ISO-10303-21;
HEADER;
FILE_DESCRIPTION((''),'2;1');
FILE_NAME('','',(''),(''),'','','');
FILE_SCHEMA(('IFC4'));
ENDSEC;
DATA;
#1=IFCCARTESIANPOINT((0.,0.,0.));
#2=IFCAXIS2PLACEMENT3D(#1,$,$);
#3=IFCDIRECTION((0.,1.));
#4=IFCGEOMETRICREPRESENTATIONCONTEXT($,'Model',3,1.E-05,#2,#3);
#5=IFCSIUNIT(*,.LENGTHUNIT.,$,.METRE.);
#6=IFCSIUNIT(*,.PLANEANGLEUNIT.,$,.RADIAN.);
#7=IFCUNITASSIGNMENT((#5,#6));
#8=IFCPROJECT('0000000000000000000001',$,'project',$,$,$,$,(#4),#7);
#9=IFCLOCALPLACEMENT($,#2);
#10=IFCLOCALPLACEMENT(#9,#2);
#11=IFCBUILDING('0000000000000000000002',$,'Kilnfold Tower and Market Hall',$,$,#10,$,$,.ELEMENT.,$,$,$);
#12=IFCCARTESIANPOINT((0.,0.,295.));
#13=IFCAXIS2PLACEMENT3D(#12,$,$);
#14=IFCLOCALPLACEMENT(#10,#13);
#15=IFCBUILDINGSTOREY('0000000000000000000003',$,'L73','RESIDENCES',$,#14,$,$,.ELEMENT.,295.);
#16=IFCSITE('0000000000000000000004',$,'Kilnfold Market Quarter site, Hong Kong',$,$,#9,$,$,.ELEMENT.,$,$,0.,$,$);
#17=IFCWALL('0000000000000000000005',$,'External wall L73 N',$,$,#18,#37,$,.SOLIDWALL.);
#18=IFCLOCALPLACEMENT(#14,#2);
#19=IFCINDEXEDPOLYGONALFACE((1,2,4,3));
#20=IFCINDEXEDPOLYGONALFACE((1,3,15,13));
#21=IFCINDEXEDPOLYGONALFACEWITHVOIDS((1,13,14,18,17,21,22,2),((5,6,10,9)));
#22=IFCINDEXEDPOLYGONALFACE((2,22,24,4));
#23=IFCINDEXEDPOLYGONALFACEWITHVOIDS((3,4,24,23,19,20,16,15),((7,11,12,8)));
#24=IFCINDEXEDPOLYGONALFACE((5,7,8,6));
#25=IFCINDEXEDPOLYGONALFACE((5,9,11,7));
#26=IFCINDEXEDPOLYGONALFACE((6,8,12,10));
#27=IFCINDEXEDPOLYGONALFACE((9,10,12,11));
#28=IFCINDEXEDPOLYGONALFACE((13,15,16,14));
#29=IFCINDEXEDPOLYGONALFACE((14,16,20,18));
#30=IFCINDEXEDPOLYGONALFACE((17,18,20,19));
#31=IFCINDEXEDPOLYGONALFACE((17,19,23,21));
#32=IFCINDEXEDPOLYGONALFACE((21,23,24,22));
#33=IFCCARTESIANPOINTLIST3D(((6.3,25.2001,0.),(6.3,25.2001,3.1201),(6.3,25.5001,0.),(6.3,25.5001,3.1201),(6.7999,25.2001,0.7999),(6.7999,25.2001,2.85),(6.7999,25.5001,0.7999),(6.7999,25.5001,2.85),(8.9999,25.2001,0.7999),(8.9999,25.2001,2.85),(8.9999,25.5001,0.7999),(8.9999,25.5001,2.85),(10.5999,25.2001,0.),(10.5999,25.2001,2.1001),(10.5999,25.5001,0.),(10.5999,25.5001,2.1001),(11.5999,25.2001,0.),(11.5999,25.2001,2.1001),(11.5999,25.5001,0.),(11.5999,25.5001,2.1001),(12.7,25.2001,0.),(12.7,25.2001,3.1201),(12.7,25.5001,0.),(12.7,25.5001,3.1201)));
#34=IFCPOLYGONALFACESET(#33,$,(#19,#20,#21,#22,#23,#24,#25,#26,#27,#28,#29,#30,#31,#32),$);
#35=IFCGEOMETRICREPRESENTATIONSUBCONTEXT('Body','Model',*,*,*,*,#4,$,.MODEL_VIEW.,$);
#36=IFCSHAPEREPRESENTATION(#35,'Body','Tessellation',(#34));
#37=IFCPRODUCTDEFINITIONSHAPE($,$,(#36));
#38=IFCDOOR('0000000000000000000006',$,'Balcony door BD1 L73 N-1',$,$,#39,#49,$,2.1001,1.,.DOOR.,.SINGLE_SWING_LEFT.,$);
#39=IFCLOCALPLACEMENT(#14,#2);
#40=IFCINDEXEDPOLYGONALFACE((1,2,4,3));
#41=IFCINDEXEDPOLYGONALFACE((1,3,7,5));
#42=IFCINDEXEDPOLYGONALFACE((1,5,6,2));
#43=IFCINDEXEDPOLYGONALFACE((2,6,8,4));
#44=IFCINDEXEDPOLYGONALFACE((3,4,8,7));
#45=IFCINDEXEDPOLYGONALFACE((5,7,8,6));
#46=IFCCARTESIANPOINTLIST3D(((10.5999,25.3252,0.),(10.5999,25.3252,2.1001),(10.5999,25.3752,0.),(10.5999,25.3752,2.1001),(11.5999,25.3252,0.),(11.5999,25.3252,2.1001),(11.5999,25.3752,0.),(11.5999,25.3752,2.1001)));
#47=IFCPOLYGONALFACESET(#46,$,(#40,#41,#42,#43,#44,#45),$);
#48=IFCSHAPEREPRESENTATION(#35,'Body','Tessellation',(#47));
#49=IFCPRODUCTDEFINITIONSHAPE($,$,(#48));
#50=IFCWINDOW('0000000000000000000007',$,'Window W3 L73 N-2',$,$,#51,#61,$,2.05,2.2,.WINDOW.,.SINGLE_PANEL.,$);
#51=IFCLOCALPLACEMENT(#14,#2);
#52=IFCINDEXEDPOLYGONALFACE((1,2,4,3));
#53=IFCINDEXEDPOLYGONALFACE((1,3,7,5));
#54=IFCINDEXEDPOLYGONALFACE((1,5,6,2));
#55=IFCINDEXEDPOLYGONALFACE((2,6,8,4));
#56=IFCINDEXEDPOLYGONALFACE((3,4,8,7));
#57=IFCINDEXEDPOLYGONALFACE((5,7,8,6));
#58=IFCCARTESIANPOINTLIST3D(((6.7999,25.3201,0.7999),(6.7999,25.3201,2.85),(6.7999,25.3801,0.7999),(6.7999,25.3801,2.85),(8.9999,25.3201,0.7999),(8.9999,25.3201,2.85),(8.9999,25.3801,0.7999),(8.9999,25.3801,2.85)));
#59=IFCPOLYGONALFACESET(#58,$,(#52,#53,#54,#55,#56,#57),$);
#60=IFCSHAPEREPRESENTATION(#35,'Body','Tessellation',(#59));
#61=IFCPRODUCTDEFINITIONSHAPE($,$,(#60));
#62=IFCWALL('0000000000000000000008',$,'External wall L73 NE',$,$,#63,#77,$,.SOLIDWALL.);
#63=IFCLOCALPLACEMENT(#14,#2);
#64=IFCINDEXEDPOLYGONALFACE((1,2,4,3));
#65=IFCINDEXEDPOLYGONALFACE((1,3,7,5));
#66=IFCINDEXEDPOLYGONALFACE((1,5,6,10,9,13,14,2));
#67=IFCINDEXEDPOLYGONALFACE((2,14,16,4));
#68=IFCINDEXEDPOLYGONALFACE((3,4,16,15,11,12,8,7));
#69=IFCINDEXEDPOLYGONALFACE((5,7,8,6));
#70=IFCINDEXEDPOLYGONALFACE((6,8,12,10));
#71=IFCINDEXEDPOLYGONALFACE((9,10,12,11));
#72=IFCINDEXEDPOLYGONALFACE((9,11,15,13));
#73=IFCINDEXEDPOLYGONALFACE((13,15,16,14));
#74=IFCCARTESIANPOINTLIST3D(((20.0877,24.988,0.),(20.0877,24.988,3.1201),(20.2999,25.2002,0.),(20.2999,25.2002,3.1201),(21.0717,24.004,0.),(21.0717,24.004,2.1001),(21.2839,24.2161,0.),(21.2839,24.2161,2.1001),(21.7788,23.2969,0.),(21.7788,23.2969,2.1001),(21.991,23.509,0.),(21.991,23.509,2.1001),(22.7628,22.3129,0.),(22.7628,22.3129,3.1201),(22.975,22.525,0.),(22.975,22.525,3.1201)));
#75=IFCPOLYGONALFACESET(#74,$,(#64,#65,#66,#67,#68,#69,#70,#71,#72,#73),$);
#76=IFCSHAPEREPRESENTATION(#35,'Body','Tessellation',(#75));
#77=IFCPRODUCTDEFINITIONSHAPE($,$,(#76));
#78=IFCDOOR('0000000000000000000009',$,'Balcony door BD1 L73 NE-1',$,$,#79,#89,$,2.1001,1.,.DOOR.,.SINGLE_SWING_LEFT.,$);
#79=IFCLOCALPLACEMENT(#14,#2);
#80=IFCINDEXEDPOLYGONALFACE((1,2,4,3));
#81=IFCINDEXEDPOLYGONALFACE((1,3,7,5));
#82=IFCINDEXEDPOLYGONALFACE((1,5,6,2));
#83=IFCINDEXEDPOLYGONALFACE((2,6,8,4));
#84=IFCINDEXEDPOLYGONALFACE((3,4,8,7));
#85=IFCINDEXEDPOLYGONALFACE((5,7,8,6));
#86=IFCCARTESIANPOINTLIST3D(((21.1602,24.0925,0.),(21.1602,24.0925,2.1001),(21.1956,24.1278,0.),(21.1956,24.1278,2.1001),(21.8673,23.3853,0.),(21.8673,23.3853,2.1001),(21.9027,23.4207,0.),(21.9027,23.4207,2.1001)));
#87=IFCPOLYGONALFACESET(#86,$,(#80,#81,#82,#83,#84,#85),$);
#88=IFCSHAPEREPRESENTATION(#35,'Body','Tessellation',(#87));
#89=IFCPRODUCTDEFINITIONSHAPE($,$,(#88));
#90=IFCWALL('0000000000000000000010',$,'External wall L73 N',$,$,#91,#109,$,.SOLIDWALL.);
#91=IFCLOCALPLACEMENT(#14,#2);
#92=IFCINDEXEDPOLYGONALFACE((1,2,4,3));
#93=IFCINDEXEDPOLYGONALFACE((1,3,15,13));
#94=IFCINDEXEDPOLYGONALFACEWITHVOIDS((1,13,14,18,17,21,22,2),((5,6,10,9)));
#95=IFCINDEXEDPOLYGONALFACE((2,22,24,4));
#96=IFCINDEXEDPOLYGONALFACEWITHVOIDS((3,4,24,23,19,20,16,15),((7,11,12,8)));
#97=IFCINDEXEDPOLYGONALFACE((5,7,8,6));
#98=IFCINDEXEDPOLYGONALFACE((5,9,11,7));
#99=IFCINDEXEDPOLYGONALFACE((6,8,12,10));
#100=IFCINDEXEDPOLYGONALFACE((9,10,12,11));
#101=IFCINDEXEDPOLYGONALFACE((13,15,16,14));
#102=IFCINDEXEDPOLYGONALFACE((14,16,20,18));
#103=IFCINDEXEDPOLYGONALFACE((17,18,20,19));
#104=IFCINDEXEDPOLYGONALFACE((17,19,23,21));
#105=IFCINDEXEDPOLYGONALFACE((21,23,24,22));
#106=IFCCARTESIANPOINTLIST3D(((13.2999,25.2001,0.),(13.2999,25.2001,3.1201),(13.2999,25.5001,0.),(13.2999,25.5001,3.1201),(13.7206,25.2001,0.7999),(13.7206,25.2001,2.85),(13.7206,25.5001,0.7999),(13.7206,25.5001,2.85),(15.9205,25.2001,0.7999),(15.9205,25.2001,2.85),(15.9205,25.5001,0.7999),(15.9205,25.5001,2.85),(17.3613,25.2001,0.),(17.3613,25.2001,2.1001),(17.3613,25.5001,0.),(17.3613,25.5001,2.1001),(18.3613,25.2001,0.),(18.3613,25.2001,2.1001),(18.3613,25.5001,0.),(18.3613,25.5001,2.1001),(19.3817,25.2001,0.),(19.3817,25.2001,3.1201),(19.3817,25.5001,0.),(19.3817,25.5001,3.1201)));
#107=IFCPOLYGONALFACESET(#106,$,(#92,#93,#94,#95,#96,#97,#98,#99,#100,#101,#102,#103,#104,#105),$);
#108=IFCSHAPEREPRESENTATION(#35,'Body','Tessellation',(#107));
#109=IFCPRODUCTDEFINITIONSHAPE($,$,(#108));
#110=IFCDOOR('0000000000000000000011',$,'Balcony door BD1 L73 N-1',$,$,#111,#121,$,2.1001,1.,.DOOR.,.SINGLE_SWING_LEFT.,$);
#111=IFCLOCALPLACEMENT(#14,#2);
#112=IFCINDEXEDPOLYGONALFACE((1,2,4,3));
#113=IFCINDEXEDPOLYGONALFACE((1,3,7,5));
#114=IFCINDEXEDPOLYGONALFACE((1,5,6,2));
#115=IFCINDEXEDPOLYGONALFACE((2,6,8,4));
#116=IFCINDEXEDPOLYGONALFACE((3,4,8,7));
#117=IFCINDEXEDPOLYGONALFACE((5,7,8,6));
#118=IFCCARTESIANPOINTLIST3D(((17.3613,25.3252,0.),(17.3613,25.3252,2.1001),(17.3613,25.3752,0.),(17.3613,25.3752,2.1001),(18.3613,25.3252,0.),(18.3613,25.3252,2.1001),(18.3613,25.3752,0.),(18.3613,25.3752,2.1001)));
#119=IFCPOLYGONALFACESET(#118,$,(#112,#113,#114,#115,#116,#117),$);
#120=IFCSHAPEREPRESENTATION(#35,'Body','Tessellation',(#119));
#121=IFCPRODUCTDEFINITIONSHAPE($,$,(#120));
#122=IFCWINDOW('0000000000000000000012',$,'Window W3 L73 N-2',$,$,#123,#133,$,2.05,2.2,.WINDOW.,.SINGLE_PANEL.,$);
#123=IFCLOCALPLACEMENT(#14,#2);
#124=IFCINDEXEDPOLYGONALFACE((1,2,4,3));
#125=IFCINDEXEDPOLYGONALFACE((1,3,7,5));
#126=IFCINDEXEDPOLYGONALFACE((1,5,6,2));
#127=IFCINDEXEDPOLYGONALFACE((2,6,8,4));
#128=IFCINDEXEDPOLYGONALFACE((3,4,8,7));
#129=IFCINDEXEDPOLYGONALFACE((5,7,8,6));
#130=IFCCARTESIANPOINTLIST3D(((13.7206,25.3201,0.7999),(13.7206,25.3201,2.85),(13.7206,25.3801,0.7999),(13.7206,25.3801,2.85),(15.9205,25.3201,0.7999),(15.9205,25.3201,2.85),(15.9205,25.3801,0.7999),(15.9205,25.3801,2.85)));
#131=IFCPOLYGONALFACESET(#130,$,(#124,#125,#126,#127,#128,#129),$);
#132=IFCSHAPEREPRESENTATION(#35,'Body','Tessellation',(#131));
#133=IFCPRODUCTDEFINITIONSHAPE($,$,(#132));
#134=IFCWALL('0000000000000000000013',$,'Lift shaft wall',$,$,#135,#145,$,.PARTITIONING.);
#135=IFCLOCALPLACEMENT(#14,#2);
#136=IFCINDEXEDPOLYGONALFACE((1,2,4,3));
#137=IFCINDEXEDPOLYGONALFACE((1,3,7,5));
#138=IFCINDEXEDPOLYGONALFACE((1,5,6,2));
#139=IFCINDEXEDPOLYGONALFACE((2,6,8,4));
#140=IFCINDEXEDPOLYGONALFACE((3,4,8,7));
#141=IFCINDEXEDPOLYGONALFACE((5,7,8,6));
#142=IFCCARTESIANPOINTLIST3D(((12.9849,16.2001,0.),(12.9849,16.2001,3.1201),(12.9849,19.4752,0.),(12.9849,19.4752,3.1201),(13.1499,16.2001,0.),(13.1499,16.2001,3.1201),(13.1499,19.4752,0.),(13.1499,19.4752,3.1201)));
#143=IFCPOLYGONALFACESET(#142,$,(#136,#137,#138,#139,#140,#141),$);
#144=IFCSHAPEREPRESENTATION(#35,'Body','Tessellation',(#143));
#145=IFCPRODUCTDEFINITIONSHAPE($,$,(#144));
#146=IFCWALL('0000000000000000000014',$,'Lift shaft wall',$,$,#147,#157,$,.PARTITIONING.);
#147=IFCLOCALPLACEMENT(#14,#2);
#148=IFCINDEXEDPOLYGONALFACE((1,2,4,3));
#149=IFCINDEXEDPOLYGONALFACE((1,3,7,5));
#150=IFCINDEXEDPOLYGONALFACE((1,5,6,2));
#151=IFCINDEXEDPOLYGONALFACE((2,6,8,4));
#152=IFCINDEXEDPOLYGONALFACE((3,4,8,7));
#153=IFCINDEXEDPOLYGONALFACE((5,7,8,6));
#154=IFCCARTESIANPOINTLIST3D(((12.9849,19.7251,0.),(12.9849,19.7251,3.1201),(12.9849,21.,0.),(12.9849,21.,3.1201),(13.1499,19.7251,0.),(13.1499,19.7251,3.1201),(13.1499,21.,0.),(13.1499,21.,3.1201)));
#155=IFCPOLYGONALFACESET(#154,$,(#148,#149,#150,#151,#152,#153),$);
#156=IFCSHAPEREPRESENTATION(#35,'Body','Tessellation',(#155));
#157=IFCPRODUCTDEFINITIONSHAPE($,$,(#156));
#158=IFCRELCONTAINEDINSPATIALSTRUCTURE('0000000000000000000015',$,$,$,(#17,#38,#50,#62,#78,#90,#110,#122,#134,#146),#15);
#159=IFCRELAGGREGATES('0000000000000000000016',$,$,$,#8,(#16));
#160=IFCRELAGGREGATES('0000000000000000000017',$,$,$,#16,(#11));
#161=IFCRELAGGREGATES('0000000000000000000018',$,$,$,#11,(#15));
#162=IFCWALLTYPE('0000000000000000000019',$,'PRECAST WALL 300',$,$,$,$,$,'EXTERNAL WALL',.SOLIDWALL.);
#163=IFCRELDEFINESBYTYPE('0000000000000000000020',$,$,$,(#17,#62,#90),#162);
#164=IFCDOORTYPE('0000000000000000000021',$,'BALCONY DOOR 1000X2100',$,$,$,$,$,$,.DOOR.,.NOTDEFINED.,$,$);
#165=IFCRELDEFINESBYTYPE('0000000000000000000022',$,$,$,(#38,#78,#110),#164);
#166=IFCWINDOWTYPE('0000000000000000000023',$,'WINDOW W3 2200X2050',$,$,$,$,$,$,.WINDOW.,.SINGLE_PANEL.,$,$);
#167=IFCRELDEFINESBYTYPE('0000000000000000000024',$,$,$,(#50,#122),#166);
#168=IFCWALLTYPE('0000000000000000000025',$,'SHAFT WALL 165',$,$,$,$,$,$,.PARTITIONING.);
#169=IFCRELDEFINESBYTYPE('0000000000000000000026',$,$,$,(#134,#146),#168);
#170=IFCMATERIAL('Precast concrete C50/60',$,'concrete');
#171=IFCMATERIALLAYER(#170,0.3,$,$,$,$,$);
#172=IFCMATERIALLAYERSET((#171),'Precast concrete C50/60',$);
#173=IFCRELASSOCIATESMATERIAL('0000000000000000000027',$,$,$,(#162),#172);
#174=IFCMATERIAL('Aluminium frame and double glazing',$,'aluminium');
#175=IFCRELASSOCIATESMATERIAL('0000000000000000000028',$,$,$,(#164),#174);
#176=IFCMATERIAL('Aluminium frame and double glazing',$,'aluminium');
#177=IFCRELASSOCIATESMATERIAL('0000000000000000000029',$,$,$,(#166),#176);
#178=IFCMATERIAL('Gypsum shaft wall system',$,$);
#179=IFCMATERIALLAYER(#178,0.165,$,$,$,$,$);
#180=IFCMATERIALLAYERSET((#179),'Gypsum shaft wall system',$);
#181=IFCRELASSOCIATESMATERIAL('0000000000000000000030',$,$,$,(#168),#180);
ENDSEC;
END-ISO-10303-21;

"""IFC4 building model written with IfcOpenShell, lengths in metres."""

from ifc_helpers import new_model, si_unit, direction, frame, frame_2d, origin, place, context, subcontext, project, spatial, rectangle, extrude, source, transform, mapped, material, layer, layer_set, type_object, element, fill, save


model = new_model("IFC4")

# Units and contexts
model_context = context("Model", 3, precision=1e-05, world=origin(), true_north=direction((0.0, 1.0)))
body_context = subcontext(model_context, "Body", "Model", "MODEL_VIEW")
ifc_project = project(units=[si_unit("LENGTHUNIT", "METRE"), si_unit("PLANEANGLEUNIT", "RADIAN")], contexts=[model_context])

# Site, building, storey
site_placement = place(None, origin())
site = spatial("IfcSite", under=ifc_project, at=site_placement, Name="Kilnfold Market Quarter site, Hong Kong", CompositionType="ELEMENT", RefElevation=0.0)
building_placement = place(site_placement, origin())
building = spatial("IfcBuilding", under=site, at=building_placement, Name="Kilnfold Tower and Market Hall", CompositionType="ELEMENT")
storey_placement = place(building_placement, frame((0.0, 0.0, 295.0)))
storey = spatial("IfcBuildingStorey", under=building, at=storey_placement, Name="L73", Description="RESIDENCES", CompositionType="ELEMENT", Elevation=295.0)

# Wall, openings, door, window
ifc_material_1 = material(Name="Precast concrete C50/60", Category="concrete")
ifc_layer_1 = layer(ifc_material_1, 0.3)
ifc_layer_set_1 = layer_set([ifc_layer_1], Name="Precast concrete C50/60")
wall_type_1 = type_object("IfcWallType", Name="PRECAST WALL 300", ElementType="EXTERNAL WALL", PredefinedType="SOLIDWALL", material=ifc_layer_set_1)
shared_shape_1 = source(origin(), body_context, "Body", "SweptSolid", [
    extrude(rectangle(XDim=6.3999, YDim=0.3, at=frame_2d((3.2, 0.0))), origin(), (0.0, 0.0, 1.0), 3.1201),
])
wall_1_placement = place(storey_placement, frame((12.7, 25.3501, 0.0), z_axis=(0.0, 0.0, 1.0), x_axis=(-1.0, 0.0, 0.0)))
wall_1 = element("IfcWall", 1, at=wall_1_placement, inside=storey, type_object=wall_type_1, Name="External wall L73 N", PredefinedType="SOLIDWALL", context=body_context, shape_type="MappedRepresentation", body=[
    mapped(shared_shape_1, transform((0.0, 0.0, 0.0))),
])
opening_1_placement = place(wall_1_placement, frame((1.1001, 0.0, 0.0)))
opening_1 = element("IfcOpeningElement", 2, at=opening_1_placement, cuts=wall_1, PredefinedType="OPENING", context=body_context, shape_type="SweptSolid", body=[
    extrude(rectangle(XDim=1.0, YDim=2.1001, at=frame_2d((0.5, 1.05))), frame((0.0, 0.1602, 0.0), z_axis=(0.0, -1.0, 0.0), x_axis=(1.0, 0.0, 0.0)), (0.0, 0.0, 1.0), 0.3201),
])
opening_2_placement = place(wall_1_placement, frame((3.7, 0.0, 0.8)))
opening_2 = element("IfcOpeningElement", 3, at=opening_2_placement, cuts=wall_1, PredefinedType="OPENING", context=body_context, shape_type="SweptSolid", body=[
    extrude(rectangle(XDim=2.2, YDim=2.05, at=frame_2d((1.1001, 1.0249))), frame((0.0, 0.1602, 0.0), z_axis=(0.0, -1.0, 0.0), x_axis=(1.0, 0.0, 0.0)), (0.0, 0.0, 1.0), 0.3201),
])
ifc_material_2 = material(Name="Aluminium frame and double glazing", Category="aluminium")
door_type_1 = type_object("IfcDoorType", Name="BALCONY DOOR 1000X2100", OperationType="NOTDEFINED", PredefinedType="DOOR", material=ifc_material_2)
door_1_placement = place(opening_1_placement, origin())
door_1 = element("IfcDoor", 4, at=door_1_placement, inside=storey, type_object=door_type_1, Name="Balcony door BD1 L73 N-1", OperationType="SINGLE_SWING_LEFT", OverallHeight=2.1001, OverallWidth=1.0, PredefinedType="DOOR", context=body_context, shape_type="SweptSolid", body=[
    extrude(rectangle(XDim=1.0, YDim=2.1001, at=frame_2d((0.5, 1.05))), frame((0.0, 0.0249, 0.0), z_axis=(0.0, -1.0, 0.0), x_axis=(1.0, 0.0, 0.0)), (0.0, 0.0, 1.0), 0.05),
])
fill(opening_1, door_1)
ifc_material_3 = material(Name="Aluminium frame and double glazing", Category="aluminium")
window_type = type_object("IfcWindowType", Name="WINDOW W3 2200X2050", PartitioningType="SINGLE_PANEL", PredefinedType="WINDOW", material=ifc_material_3)
window_1_placement = place(opening_2_placement, origin())
window_1 = element("IfcWindow", 5, at=window_1_placement, inside=storey, type_object=window_type, Name="Window W3 L73 N-2", OverallHeight=2.05, OverallWidth=2.2, PartitioningType="SINGLE_PANEL", PredefinedType="WINDOW", context=body_context, shape_type="SweptSolid", body=[
    extrude(rectangle(XDim=2.2, YDim=2.05, at=frame_2d((1.1001, 1.0249))), frame((0.0, 0.03, 0.0), z_axis=(0.0, -1.0, 0.0), x_axis=(1.0, 0.0, 0.0)), (0.0, 0.0, 1.0), 0.0601),
])
fill(opening_2, window_1)

# Wall, opening, door
shared_shape_2 = source(origin(), body_context, "Body", "SweptSolid", [
    extrude(rectangle(XDim=3.7832, YDim=0.3, at=frame_2d((1.8916, 0.0))), origin(), (0.0, 0.0, 1.0), 3.1201),
])
wall_2_placement = place(storey_placement, frame((22.8689, 22.4189, 0.0), z_axis=(0.0, 0.0, 1.0), x_axis=(-0.707107, 0.707107, 0.0)))
wall_2 = element("IfcWall", 6, at=wall_2_placement, inside=storey, type_object=wall_type_1, Name="External wall L73 NE", PredefinedType="SOLIDWALL", context=body_context, shape_type="MappedRepresentation", body=[
    mapped(shared_shape_2, transform((0.0, 0.0, 0.0))),
])
opening_3_placement = place(wall_2_placement, frame((1.3916, 0.0, 0.0)))
opening_3 = element("IfcOpeningElement", 7, at=opening_3_placement, cuts=wall_2, PredefinedType="OPENING", context=body_context, shape_type="SweptSolid", body=[
    extrude(rectangle(XDim=1.0, YDim=2.1001, at=frame_2d((0.5, 1.05))), frame((0.0, 0.1602, 0.0), z_axis=(0.0, -1.0, 0.0), x_axis=(1.0, 0.0, 0.0)), (0.0, 0.0, 1.0), 0.3201),
])
door_2_placement = place(opening_3_placement, origin())
door_2 = element("IfcDoor", 8, at=door_2_placement, inside=storey, type_object=door_type_1, Name="Balcony door BD1 L73 NE-1", OperationType="SINGLE_SWING_LEFT", OverallHeight=2.1001, OverallWidth=1.0, PredefinedType="DOOR", context=body_context, shape_type="SweptSolid", body=[
    extrude(rectangle(XDim=1.0, YDim=2.1001, at=frame_2d((0.5, 1.05))), frame((0.0, 0.0249, 0.0), z_axis=(0.0, -1.0, 0.0), x_axis=(1.0, 0.0, 0.0)), (0.0, 0.0, 1.0), 0.05),
])
fill(opening_3, door_2)

# Wall, openings, door, window
shared_shape_3 = source(origin(), body_context, "Body", "SweptSolid", [
    extrude(rectangle(XDim=6.0818, YDim=0.3, at=frame_2d((3.041, 0.0))), origin(), (0.0, 0.0, 1.0), 3.1201),
])
wall_3_placement = place(storey_placement, frame((19.3818, 25.3501, 0.0), z_axis=(0.0, 0.0, 1.0), x_axis=(-1.0, 0.0, 0.0)))
wall_3 = element("IfcWall", 9, at=wall_3_placement, inside=storey, type_object=wall_type_1, Name="External wall L73 N", PredefinedType="SOLIDWALL", context=body_context, shape_type="MappedRepresentation", body=[
    mapped(shared_shape_3, transform((0.0, 0.0, 0.0))),
])
opening_4_placement = place(wall_3_placement, frame((1.0205, 0.0, 0.0)))
opening_4 = element("IfcOpeningElement", 10, at=opening_4_placement, cuts=wall_3, PredefinedType="OPENING", context=body_context, shape_type="SweptSolid", body=[
    extrude(rectangle(XDim=1.0, YDim=2.1001, at=frame_2d((0.5, 1.05))), frame((0.0, 0.1602, 0.0), z_axis=(0.0, -1.0, 0.0), x_axis=(1.0, 0.0, 0.0)), (0.0, 0.0, 1.0), 0.3201),
])
opening_5_placement = place(wall_3_placement, frame((3.4612, 0.0, 0.8)))
opening_5 = element("IfcOpeningElement", 11, at=opening_5_placement, cuts=wall_3, PredefinedType="OPENING", context=body_context, shape_type="SweptSolid", body=[
    extrude(rectangle(XDim=2.2, YDim=2.05, at=frame_2d((1.1001, 1.0249))), frame((0.0, 0.1602, 0.0), z_axis=(0.0, -1.0, 0.0), x_axis=(1.0, 0.0, 0.0)), (0.0, 0.0, 1.0), 0.3201),
])
door_3_placement = place(opening_4_placement, origin())
door_3 = element("IfcDoor", 12, at=door_3_placement, inside=storey, type_object=door_type_1, Name="Balcony door BD1 L73 N-1", OperationType="SINGLE_SWING_LEFT", OverallHeight=2.1001, OverallWidth=1.0, PredefinedType="DOOR", context=body_context, shape_type="SweptSolid", body=[
    extrude(rectangle(XDim=1.0, YDim=2.1001, at=frame_2d((0.5, 1.05))), frame((0.0, 0.0249, 0.0), z_axis=(0.0, -1.0, 0.0), x_axis=(1.0, 0.0, 0.0)), (0.0, 0.0, 1.0), 0.05),
])
fill(opening_4, door_3)
window_2_placement = place(opening_5_placement, origin())
window_2 = element("IfcWindow", 13, at=window_2_placement, inside=storey, type_object=window_type, Name="Window W3 L73 N-2", OverallHeight=2.05, OverallWidth=2.2, PartitioningType="SINGLE_PANEL", PredefinedType="WINDOW", context=body_context, shape_type="SweptSolid", body=[
    extrude(rectangle(XDim=2.2, YDim=2.05, at=frame_2d((1.1001, 1.0249))), frame((0.0, 0.03, 0.0), z_axis=(0.0, -1.0, 0.0), x_axis=(1.0, 0.0, 0.0)), (0.0, 0.0, 1.0), 0.0601),
])
fill(opening_5, window_2)

# Walls
ifc_material_4 = material(Name="Gypsum shaft wall system")
ifc_layer_2 = layer(ifc_material_4, 0.165)
ifc_layer_set_2 = layer_set([ifc_layer_2], Name="Gypsum shaft wall system")
wall_type_2 = type_object("IfcWallType", Name="SHAFT WALL 165", PredefinedType="PARTITIONING", material=ifc_layer_set_2)
shared_shape_4 = source(origin(), body_context, "Body", "SweptSolid", [
    extrude(rectangle(XDim=3.2751, YDim=0.165, at=frame_2d((1.6377, 0.0))), origin(), (0.0, 0.0, 1.0), 3.1201),
])
wall_4_placement = place(storey_placement, frame((13.0674, 16.2, 0.0), z_axis=(0.0, 0.0, 1.0), x_axis=(0.0, 1.0, 0.0)))
element("IfcWall", 14, at=wall_4_placement, inside=storey, type_object=wall_type_2, Name="Lift shaft wall", PredefinedType="PARTITIONING", context=body_context, shape_type="MappedRepresentation", body=[
    mapped(shared_shape_4, transform((0.0, 0.0, 0.0))),
])
shared_shape_5 = source(origin(), body_context, "Body", "SweptSolid", [
    extrude(rectangle(XDim=1.2749, YDim=0.165, at=frame_2d((0.6375, 0.0))), origin(), (0.0, 0.0, 1.0), 3.1201),
])
wall_5_placement = place(storey_placement, frame((13.0674, 19.7251, 0.0), z_axis=(0.0, 0.0, 1.0), x_axis=(0.0, 1.0, 0.0)))
element("IfcWall", 15, at=wall_5_placement, inside=storey, type_object=wall_type_2, Name="Lift shaft wall", PredefinedType="PARTITIONING", context=body_context, shape_type="MappedRepresentation", body=[
    mapped(shared_shape_5, transform((0.0, 0.0, 0.0))),
])

save(model, "model.ifc")
